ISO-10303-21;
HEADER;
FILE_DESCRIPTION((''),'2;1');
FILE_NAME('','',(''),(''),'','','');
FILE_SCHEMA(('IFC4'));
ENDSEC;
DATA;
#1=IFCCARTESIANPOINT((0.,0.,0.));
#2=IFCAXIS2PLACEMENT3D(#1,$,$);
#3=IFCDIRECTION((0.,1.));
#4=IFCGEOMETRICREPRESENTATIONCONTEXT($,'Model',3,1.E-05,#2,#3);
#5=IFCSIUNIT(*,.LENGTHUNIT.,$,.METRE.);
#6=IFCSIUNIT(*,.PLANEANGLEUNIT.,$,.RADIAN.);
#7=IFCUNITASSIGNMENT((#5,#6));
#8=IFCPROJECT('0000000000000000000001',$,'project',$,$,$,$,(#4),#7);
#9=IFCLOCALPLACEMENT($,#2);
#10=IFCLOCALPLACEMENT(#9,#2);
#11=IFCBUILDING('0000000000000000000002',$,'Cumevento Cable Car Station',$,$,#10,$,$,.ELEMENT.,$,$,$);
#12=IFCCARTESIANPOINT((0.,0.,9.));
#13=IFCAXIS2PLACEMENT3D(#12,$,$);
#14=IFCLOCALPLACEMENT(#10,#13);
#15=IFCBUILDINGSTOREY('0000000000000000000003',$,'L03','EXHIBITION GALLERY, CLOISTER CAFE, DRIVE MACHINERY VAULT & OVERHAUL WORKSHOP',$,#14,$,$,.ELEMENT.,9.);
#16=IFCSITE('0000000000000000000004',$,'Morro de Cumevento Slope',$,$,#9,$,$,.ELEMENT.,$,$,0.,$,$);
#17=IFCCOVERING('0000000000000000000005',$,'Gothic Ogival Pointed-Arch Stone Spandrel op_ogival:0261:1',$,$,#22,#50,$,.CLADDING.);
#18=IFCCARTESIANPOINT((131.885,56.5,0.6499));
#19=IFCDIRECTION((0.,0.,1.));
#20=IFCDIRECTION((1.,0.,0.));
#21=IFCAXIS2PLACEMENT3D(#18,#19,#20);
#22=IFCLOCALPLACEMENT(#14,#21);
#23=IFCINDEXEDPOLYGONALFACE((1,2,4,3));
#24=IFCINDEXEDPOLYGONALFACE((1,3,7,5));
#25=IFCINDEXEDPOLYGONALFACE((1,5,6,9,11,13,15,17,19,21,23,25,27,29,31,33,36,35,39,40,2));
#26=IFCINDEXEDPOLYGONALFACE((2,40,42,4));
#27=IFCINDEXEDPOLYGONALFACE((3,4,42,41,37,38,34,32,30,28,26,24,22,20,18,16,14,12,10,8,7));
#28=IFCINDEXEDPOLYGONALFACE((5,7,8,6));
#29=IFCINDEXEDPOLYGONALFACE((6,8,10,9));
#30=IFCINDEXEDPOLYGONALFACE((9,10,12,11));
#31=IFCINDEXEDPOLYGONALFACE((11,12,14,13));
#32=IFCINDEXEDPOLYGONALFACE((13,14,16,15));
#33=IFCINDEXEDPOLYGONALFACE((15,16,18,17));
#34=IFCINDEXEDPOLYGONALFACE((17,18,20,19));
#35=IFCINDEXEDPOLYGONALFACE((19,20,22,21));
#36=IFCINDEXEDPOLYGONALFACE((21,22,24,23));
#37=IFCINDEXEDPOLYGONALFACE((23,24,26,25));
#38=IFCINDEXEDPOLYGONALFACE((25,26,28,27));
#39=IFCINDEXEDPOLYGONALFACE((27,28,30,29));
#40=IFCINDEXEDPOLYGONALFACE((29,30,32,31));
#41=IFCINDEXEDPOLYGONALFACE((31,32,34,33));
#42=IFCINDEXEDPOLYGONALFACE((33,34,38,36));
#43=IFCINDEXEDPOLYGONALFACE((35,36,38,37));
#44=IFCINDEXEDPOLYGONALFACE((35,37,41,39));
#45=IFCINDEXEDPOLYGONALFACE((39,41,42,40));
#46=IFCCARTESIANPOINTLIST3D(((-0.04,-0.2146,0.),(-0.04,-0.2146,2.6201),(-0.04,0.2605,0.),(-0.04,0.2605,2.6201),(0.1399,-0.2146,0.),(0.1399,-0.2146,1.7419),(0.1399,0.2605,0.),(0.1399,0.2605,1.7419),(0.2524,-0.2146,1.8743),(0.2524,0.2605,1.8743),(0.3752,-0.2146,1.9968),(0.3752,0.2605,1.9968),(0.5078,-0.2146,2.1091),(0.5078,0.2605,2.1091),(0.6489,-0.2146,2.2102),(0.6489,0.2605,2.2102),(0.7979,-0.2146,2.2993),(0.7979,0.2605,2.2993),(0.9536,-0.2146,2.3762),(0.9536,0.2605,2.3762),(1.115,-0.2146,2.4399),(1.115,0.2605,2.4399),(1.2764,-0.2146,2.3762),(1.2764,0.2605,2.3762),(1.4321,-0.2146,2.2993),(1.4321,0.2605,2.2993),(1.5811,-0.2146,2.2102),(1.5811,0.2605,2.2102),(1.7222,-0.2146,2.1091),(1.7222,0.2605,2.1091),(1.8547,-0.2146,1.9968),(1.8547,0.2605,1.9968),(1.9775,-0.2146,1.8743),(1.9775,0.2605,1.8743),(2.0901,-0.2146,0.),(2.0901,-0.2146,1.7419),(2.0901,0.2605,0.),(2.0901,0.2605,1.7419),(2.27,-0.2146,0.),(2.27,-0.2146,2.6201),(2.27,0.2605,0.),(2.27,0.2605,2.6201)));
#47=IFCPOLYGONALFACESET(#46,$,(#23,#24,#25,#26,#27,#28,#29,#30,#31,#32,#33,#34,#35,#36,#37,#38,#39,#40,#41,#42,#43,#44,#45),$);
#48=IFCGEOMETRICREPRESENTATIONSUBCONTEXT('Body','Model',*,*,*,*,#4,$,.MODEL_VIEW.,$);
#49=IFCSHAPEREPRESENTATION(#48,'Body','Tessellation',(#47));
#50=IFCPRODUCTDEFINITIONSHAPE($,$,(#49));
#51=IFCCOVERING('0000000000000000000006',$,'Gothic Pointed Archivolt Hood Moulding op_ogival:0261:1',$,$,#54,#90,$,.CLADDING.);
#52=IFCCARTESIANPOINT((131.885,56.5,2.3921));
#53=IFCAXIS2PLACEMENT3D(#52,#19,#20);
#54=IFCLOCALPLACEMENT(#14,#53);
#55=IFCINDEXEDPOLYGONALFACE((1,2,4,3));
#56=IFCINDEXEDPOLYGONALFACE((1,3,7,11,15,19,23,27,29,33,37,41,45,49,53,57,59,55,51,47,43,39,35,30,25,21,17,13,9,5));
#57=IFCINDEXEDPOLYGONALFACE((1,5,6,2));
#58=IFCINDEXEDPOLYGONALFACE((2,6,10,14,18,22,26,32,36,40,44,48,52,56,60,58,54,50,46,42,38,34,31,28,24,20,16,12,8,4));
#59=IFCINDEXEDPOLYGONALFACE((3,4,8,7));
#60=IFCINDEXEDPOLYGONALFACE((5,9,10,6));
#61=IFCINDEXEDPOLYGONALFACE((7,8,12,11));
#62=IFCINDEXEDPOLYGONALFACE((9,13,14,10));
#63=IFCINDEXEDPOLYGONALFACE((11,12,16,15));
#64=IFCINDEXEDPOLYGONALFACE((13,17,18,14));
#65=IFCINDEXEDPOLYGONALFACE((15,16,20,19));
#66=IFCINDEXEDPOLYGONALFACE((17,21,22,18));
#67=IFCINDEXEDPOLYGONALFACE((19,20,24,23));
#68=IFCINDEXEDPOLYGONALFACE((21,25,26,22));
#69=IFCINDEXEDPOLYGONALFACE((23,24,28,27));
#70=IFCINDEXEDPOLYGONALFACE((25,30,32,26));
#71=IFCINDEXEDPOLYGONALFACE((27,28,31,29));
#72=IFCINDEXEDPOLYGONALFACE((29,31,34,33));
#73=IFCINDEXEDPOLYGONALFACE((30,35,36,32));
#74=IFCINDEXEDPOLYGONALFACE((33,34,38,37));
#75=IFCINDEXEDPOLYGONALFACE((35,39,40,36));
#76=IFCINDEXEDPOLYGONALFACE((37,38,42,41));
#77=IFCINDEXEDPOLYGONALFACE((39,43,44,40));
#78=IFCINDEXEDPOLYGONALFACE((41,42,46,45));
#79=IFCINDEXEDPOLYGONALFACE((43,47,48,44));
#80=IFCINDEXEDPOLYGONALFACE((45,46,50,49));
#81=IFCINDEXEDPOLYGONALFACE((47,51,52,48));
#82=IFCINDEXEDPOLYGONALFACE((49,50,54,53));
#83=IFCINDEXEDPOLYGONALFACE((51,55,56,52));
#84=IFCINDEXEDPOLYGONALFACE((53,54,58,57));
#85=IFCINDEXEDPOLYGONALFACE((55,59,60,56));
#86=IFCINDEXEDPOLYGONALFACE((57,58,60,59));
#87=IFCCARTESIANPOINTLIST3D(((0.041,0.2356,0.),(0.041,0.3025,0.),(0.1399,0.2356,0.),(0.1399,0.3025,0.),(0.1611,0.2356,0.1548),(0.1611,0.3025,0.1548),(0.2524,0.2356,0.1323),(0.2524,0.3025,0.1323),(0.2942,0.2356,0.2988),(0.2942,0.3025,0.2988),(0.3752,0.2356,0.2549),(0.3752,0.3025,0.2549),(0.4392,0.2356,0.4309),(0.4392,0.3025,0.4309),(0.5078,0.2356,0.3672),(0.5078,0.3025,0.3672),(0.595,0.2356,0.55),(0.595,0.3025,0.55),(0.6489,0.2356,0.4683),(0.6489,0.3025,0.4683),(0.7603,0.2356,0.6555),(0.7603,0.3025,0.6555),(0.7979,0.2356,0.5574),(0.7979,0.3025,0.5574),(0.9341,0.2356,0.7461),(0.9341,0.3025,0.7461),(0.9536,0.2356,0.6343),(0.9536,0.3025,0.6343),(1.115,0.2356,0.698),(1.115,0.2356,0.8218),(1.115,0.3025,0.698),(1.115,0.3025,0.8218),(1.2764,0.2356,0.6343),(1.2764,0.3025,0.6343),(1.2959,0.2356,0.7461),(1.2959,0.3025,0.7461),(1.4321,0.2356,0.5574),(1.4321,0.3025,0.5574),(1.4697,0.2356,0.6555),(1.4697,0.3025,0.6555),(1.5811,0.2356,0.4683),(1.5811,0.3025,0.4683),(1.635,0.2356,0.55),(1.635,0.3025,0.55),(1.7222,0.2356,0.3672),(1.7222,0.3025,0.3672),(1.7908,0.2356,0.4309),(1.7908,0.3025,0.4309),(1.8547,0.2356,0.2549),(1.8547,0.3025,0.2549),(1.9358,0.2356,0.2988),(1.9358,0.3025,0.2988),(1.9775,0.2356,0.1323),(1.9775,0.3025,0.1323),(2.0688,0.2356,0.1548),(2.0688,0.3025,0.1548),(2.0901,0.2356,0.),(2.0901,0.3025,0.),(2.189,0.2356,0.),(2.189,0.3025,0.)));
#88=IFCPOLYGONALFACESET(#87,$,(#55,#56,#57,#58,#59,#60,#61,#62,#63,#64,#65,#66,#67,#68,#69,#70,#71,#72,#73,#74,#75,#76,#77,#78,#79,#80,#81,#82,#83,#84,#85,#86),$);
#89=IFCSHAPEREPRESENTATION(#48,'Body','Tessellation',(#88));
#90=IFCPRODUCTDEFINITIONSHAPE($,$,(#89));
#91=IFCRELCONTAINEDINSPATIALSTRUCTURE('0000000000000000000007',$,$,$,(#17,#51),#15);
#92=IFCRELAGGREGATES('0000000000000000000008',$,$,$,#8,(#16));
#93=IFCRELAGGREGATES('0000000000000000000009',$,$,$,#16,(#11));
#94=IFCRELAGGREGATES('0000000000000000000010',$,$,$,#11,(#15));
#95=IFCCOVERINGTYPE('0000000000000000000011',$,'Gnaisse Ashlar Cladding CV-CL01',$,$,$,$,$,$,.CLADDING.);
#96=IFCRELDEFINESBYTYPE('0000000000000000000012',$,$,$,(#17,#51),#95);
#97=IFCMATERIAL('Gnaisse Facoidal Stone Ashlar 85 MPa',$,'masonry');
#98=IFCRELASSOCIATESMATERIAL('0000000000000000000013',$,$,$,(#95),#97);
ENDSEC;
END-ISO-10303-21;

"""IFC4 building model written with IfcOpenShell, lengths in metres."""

from ifc_helpers import new_model, si_unit, direction, frame, origin, place, context, subcontext, project, spatial, polyline, outline, extrude, material, type_object, element, save


model = new_model("IFC4")

# Units and contexts
model_context = context("Model", 3, precision=1e-05, world=origin(), true_north=direction((0.0, 1.0)))
body_context = subcontext(model_context, "Body", "Model", "MODEL_VIEW")
ifc_project = project(units=[si_unit("LENGTHUNIT", "METRE"), si_unit("PLANEANGLEUNIT", "RADIAN")], contexts=[model_context])

# Site, building, storey
site_placement = place(None, origin())
site = spatial("IfcSite", under=ifc_project, at=site_placement, Name="Morro de Cumevento Slope", CompositionType="ELEMENT", RefElevation=0.0)
building_placement = place(site_placement, origin())
building = spatial("IfcBuilding", under=site, at=building_placement, Name="Cumevento Cable Car Station", CompositionType="ELEMENT")
storey_placement = place(building_placement, frame((0.0, 0.0, 9.0)))
storey = spatial("IfcBuildingStorey", under=building, at=storey_placement, Name="L03", Description="EXHIBITION GALLERY, CLOISTER CAFE, DRIVE MACHINERY VAULT & OVERHAUL WORKSHOP", CompositionType="ELEMENT", Elevation=9.0)

# Coverings
ifc_material_1 = material(Name="Gnaisse Facoidal Stone Ashlar 85 MPa", Category="masonry")
covering_type = type_object("IfcCoveringType", Name="Gnaisse Ashlar Cladding CV-CL01", PredefinedType="CLADDING", material=ifc_material_1)
covering_1_placement = place(storey_placement, frame((131.885, 56.5, 0.6499), z_axis=(0.0, 0.0, 1.0), x_axis=(1.0, 0.0, 0.0)))
element("IfcCovering", 1, at=covering_1_placement, inside=storey, type_object=covering_type, Name="Gothic Ogival Pointed-Arch Stone Spandrel op_ogival:0261:1", PredefinedType="CLADDING", context=body_context, shape_type="SweptSolid", body=[
    extrude(outline(polyline([(-0.04, 0.0), (-0.04, 2.6201), (2.27, 2.6201), (2.27, 0.0), (2.0901, 0.0), (2.0901, 1.7419), (1.9775, 1.8743), (1.8547, 1.9968), (1.7222, 2.1091), (1.5811, 2.2102), (1.4321, 2.2993), (1.2764, 2.3762), (1.115, 2.4399), (0.9536, 2.3762), (0.7979, 2.2993), (0.6489, 2.2102), (0.5078, 2.1091), (0.3752, 1.9968), (0.2524, 1.8743), (0.1399, 1.7419), (0.1399, 0.0), (-0.04, 0.0)])), frame((0.0, 0.2605, 0.0), z_axis=(0.0, -1.0, 0.0), x_axis=(1.0, 0.0, 0.0)), (0.0, 0.0, 1.0), 0.4751),
])
covering_2_placement = place(storey_placement, frame((131.885, 56.5, 2.3921), z_axis=(0.0, 0.0, 1.0), x_axis=(1.0, 0.0, 0.0)))
element("IfcCovering", 2, at=covering_2_placement, inside=storey, type_object=covering_type, Name="Gothic Pointed Archivolt Hood Moulding op_ogival:0261:1", PredefinedType="CLADDING", context=body_context, shape_type="SweptSolid", body=[
    extrude(outline(polyline([(0.1399, 0.0), (0.2524, 0.1323), (0.3752, 0.2549), (0.5078, 0.3672), (0.6489, 0.4683), (0.7979, 0.5574), (0.9536, 0.6343), (1.115, 0.698), (1.2764, 0.6343), (1.4321, 0.5574), (1.5811, 0.4683), (1.7222, 0.3672), (1.8547, 0.2549), (1.9775, 0.1323), (2.0901, 0.0), (2.189, 0.0), (2.0688, 0.1548), (1.9358, 0.2988), (1.7908, 0.4309), (1.635, 0.55), (1.4697, 0.6555), (1.2959, 0.7461), (1.115, 0.8218), (0.9341, 0.7461), (0.7603, 0.6555), (0.595, 0.55), (0.4392, 0.4309), (0.2942, 0.2988), (0.1611, 0.1548), (0.041, 0.0), (0.1399, 0.0)])), frame((0.0, 0.3025, 0.0), z_axis=(0.0, -1.0, 0.0), x_axis=(1.0, 0.0, 0.0)), (0.0, 0.0, 1.0), 0.0669),
])

save(model, "model.ifc")
